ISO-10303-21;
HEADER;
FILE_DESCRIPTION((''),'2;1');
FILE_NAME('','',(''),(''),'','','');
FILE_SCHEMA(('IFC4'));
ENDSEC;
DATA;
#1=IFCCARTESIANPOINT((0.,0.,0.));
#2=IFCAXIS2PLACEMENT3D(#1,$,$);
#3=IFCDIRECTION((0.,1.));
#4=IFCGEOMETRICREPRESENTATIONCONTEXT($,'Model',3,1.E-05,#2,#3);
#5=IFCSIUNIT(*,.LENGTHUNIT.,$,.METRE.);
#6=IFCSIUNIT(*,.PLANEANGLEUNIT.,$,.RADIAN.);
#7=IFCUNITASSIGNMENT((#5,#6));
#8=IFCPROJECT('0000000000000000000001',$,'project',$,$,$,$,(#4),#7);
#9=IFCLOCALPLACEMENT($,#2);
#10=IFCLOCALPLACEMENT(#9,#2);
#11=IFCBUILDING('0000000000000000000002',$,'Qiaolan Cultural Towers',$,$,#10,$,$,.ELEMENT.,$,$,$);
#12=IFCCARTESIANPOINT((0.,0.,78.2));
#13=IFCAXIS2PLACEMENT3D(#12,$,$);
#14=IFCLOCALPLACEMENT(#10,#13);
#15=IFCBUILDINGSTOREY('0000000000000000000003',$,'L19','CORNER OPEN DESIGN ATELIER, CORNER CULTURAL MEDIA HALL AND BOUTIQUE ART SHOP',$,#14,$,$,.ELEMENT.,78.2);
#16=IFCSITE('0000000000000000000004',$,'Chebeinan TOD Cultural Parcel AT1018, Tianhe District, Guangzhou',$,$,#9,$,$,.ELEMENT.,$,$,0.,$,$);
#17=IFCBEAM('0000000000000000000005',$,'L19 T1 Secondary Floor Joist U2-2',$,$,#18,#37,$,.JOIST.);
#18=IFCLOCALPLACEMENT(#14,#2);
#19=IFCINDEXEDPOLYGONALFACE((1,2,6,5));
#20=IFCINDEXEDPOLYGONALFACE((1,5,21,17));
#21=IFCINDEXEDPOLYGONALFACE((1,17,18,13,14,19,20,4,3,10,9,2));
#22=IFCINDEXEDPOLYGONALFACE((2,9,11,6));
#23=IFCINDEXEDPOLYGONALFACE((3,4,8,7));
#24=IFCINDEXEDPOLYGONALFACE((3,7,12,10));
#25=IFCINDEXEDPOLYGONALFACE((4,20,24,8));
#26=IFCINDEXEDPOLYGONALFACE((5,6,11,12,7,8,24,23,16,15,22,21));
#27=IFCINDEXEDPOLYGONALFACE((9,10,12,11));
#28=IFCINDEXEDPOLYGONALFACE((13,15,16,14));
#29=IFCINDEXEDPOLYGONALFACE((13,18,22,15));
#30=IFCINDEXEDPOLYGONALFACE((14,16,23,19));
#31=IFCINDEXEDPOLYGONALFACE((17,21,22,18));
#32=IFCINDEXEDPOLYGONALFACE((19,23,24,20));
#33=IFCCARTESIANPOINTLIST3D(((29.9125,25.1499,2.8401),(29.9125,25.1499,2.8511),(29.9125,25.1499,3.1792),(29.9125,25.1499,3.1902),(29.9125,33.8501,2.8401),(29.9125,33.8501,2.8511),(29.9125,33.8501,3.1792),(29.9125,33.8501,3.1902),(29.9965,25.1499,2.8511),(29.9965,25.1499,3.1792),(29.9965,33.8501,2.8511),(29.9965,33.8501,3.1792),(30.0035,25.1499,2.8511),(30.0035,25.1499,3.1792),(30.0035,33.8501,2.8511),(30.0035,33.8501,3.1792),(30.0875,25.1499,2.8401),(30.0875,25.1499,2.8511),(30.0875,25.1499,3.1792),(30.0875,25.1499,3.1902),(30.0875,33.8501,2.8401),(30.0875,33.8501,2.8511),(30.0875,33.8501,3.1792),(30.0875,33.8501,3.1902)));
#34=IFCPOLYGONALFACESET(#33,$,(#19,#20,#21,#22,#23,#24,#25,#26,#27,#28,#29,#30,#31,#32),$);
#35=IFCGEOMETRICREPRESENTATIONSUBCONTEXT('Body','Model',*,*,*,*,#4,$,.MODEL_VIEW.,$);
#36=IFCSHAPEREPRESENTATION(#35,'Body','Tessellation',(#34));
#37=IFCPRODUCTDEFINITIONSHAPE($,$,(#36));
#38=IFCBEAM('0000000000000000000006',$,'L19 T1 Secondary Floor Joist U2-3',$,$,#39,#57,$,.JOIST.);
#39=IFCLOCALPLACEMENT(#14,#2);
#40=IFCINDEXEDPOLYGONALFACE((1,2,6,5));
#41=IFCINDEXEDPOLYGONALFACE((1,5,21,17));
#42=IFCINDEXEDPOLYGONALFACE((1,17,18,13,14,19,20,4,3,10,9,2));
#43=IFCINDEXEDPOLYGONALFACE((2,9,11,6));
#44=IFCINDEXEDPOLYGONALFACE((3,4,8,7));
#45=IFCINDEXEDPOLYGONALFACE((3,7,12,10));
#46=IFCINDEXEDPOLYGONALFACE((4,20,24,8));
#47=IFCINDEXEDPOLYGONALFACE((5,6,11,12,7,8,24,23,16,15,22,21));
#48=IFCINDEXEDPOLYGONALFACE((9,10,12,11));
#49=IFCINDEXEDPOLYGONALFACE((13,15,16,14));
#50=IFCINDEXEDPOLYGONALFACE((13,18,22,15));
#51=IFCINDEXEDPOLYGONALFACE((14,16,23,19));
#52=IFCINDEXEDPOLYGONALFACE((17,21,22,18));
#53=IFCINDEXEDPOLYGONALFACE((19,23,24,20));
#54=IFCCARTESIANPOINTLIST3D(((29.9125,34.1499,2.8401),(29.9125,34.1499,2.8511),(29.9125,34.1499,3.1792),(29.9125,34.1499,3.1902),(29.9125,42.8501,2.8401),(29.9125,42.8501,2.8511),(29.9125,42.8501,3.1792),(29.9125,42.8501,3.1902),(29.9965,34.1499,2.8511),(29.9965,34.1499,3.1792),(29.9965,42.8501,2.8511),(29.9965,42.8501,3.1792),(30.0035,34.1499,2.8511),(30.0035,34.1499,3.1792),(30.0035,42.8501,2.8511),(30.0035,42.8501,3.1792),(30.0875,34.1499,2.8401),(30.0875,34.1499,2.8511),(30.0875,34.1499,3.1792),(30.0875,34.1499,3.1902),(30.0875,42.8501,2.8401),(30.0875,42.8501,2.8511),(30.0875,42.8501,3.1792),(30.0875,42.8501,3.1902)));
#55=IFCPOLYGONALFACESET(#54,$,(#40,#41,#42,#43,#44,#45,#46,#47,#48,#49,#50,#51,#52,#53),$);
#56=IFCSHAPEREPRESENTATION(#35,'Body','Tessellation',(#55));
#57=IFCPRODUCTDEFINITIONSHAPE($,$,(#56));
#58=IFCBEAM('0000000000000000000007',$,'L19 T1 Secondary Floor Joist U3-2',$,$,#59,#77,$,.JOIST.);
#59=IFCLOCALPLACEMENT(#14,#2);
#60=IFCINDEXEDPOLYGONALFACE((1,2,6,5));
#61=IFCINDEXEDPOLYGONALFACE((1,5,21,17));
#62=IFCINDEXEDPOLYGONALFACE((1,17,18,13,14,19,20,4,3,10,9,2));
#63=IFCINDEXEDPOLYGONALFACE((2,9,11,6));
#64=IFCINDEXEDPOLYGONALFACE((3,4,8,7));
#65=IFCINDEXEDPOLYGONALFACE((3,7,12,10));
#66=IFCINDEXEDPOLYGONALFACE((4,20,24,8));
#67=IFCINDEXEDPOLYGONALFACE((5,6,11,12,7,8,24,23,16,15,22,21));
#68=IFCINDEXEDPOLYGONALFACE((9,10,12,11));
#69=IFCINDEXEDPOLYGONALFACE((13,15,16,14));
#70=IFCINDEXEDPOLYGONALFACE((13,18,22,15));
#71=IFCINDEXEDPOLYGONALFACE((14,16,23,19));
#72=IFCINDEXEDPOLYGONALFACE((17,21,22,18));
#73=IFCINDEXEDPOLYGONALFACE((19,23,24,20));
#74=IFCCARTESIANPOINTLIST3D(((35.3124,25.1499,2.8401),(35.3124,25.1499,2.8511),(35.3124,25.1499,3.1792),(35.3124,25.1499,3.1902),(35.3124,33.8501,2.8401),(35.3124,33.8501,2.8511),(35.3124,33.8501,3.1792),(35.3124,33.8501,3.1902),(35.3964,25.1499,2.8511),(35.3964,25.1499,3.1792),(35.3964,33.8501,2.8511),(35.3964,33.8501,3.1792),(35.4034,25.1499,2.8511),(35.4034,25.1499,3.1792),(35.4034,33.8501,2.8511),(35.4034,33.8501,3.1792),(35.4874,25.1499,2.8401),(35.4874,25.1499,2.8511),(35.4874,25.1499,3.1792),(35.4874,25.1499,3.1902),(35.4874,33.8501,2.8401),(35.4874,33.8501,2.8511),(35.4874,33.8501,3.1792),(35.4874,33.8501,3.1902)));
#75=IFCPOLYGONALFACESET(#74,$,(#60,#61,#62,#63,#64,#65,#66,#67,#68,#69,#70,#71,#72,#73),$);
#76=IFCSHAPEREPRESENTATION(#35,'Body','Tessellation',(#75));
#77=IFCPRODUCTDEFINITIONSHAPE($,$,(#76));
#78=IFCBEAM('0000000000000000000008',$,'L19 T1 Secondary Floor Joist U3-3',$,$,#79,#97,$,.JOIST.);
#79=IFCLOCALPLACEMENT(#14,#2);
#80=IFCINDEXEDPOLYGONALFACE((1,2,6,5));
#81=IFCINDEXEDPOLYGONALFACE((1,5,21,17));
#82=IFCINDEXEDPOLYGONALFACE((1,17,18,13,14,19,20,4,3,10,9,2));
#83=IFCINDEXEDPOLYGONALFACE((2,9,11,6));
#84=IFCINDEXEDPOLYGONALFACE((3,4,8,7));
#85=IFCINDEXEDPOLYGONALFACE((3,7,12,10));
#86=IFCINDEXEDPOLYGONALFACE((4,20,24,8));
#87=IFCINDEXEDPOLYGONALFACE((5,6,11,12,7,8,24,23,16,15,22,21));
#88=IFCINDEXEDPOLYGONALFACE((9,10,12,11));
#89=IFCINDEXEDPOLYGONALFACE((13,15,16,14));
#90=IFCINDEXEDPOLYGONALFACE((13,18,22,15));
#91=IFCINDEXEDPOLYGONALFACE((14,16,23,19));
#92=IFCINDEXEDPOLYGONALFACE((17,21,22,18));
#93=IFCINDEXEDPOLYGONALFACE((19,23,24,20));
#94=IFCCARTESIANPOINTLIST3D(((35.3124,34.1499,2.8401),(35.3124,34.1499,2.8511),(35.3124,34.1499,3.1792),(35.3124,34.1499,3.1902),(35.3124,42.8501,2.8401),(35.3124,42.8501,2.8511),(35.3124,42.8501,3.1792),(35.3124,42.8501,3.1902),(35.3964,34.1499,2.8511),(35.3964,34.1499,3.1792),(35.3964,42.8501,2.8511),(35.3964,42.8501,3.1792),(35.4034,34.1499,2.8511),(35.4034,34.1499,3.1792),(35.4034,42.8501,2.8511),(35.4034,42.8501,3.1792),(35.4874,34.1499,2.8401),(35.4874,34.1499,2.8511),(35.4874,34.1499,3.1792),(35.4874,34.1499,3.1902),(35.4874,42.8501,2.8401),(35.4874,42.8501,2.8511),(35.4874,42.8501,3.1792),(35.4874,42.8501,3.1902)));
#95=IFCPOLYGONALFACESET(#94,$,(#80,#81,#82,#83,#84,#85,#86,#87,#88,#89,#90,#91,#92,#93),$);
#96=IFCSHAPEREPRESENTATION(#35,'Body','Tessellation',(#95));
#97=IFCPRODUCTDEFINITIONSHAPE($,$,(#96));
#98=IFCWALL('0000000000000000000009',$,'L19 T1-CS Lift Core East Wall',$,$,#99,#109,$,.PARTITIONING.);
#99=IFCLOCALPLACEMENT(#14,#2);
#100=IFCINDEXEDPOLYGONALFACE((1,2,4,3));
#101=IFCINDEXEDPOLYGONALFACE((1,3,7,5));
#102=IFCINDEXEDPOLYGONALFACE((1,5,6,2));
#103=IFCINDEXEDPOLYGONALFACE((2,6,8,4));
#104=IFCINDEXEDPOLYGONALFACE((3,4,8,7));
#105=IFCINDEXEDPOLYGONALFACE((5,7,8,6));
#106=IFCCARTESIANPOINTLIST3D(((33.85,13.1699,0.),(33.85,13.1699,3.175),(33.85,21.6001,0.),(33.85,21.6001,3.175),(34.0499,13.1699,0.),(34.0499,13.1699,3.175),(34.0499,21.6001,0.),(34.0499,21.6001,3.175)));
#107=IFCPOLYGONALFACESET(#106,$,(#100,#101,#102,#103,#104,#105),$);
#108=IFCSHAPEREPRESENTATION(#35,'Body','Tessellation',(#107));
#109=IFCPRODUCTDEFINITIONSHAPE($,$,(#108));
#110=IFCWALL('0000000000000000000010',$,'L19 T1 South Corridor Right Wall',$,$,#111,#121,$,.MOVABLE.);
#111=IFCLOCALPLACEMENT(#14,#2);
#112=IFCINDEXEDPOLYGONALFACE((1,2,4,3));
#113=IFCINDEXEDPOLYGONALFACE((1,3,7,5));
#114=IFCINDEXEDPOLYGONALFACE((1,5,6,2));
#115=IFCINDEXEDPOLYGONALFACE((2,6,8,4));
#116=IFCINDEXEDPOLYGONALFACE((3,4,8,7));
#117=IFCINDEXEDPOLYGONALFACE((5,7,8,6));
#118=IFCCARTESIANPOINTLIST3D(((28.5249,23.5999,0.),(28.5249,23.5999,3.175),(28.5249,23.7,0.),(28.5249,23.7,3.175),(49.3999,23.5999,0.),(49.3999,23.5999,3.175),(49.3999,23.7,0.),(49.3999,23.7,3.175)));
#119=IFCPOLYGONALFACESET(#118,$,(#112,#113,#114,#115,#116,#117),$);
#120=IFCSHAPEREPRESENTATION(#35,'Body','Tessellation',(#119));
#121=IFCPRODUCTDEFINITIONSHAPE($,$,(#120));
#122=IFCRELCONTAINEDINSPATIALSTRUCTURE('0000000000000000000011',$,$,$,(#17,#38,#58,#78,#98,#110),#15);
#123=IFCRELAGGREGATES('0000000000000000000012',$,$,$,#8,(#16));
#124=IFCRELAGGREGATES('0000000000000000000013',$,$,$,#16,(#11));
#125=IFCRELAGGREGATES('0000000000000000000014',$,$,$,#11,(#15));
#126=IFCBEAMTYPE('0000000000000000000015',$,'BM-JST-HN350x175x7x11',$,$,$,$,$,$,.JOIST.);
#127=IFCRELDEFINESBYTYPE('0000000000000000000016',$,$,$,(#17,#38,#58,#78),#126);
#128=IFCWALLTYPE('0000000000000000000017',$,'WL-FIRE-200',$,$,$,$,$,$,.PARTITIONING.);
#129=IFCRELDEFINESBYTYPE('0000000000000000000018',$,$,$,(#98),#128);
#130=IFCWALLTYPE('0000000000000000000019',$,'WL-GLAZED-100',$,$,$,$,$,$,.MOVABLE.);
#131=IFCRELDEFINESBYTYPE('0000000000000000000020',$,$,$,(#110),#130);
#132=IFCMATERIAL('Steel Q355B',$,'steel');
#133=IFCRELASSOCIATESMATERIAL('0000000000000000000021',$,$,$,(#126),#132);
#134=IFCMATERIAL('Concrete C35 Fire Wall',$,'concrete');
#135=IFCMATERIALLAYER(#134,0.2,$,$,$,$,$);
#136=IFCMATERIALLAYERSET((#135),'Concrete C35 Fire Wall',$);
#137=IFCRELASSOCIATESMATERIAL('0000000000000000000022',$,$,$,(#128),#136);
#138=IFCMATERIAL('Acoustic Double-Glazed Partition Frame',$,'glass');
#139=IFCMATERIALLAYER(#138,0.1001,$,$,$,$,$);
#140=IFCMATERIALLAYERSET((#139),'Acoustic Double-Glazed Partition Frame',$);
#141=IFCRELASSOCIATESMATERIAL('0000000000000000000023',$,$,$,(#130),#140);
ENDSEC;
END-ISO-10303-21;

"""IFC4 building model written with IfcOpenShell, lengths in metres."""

from ifc_helpers import new_model, si_unit, direction, frame, frame_2d, origin, origin_2d, place, context, subcontext, project, spatial, rectangle, i_section, extrude, material, layer, layer_set, material_profile, profile_set, type_object, element, save


model = new_model("IFC4")

# Units and contexts
model_context = context("Model", 3, precision=1e-05, world=origin(), true_north=direction((0.0, 1.0)))
body_context = subcontext(model_context, "Body", "Model", "MODEL_VIEW")
ifc_project = project(units=[si_unit("LENGTHUNIT", "METRE"), si_unit("PLANEANGLEUNIT", "RADIAN")], contexts=[model_context])

# Site, building, storey
site_placement = place(None, origin())
site = spatial("IfcSite", under=ifc_project, at=site_placement, Name="Chebeinan TOD Cultural Parcel AT1018, Tianhe District, Guangzhou", CompositionType="ELEMENT", RefElevation=0.0)
building_placement = place(site_placement, origin())
building = spatial("IfcBuilding", under=site, at=building_placement, Name="Qiaolan Cultural Towers", CompositionType="ELEMENT")
storey_placement = place(building_placement, frame((0.0, 0.0, 78.2)))
storey = spatial("IfcBuildingStorey", under=building, at=storey_placement, Name="L19", Description="CORNER OPEN DESIGN ATELIER, CORNER CULTURAL MEDIA HALL AND BOUTIQUE ART SHOP", CompositionType="ELEMENT", Elevation=78.2)

# Beams
ifc_material_1 = material(Name="Steel Q355B", Category="steel")
ifc_material_profile = material_profile(ifc_material_1, i_section(OverallWidth=0.175, OverallDepth=0.3501, WebThickness=0.0071, FlangeThickness=0.011, at=origin_2d()), Name="HN350x175x7x11")
ifc_profile_set = profile_set([ifc_material_profile], Name="Steel Q355B")
beam_type = type_object("IfcBeamType", Name="BM-JST-HN350x175x7x11", PredefinedType="JOIST", material=ifc_profile_set)
for number, where, z_axis, x_axis, name in (
    (1, (30.0, 25.1499, 3.0151), (0.0, 1.0, 0.0), (-1.0, 0.0, 0.0), "L19 T1 Secondary Floor Joist U2-2"),
    (2, (30.0, 34.1499, 3.0151), (0.0, 1.0, 0.0), (-1.0, 0.0, 0.0), "L19 T1 Secondary Floor Joist U2-3"),
    (3, (35.3999, 25.1499, 3.0151), (0.0, 1.0, 0.0), (-1.0, 0.0, 0.0), "L19 T1 Secondary Floor Joist U3-2"),
    (4, (35.3999, 34.1499, 3.0151), (0.0, 1.0, 0.0), (-1.0, 0.0, 0.0), "L19 T1 Secondary Floor Joist U3-3"),
):
    element("IfcBeam", number, at=place(storey_placement, frame(where, z_axis=z_axis, x_axis=x_axis)), inside=storey, type_object=beam_type, Name=name, PredefinedType="JOIST", context=body_context, shape_type="SweptSolid", body=[
        extrude(i_section(OverallWidth=0.175, OverallDepth=0.3501, WebThickness=0.0071, FlangeThickness=0.011, at=origin_2d()), origin(), (0.0, 0.0, 1.0), 8.7002),
    ])

# Walls
ifc_material_2 = material(Name="Concrete C35 Fire Wall", Category="concrete")
ifc_layer_1 = layer(ifc_material_2, 0.2)
ifc_layer_set_1 = layer_set([ifc_layer_1], Name="Concrete C35 Fire Wall")
wall_type_1 = type_object("IfcWallType", Name="WL-FIRE-200", PredefinedType="PARTITIONING", material=ifc_layer_set_1)
wall_1_placement = place(storey_placement, frame((33.95, 21.6001, 0.0), z_axis=(0.0, 0.0, 1.0), x_axis=(0.0, -1.0, 0.0)))
element("IfcWall", 5, at=wall_1_placement, inside=storey, type_object=wall_type_1, Name="L19 T1-CS Lift Core East Wall", PredefinedType="PARTITIONING", context=body_context, shape_type="SweptSolid", body=[
    extrude(rectangle(XDim=8.4302, YDim=0.2, at=frame_2d((4.2151, 0.0))), origin(), (0.0, 0.0, 1.0), 3.175),
])
ifc_material_3 = material(Name="Acoustic Double-Glazed Partition Frame", Category="glass")
ifc_layer_2 = layer(ifc_material_3, 0.1001)
ifc_layer_set_2 = layer_set([ifc_layer_2], Name="Acoustic Double-Glazed Partition Frame")
wall_type_2 = type_object("IfcWallType", Name="WL-GLAZED-100", PredefinedType="MOVABLE", material=ifc_layer_set_2)
wall_2_placement = place(storey_placement, frame((28.5249, 23.6499, 0.0), z_axis=(0.0, 0.0, 1.0), x_axis=(1.0, 0.0, 0.0)))
element("IfcWall", 6, at=wall_2_placement, inside=storey, type_object=wall_type_2, Name="L19 T1 South Corridor Right Wall", PredefinedType="MOVABLE", context=body_context, shape_type="SweptSolid", body=[
    extrude(rectangle(XDim=20.875, YDim=0.1001, at=frame_2d((10.4375, 0.0))), origin(), (0.0, 0.0, 1.0), 3.175),
])

save(model, "model.ifc")
